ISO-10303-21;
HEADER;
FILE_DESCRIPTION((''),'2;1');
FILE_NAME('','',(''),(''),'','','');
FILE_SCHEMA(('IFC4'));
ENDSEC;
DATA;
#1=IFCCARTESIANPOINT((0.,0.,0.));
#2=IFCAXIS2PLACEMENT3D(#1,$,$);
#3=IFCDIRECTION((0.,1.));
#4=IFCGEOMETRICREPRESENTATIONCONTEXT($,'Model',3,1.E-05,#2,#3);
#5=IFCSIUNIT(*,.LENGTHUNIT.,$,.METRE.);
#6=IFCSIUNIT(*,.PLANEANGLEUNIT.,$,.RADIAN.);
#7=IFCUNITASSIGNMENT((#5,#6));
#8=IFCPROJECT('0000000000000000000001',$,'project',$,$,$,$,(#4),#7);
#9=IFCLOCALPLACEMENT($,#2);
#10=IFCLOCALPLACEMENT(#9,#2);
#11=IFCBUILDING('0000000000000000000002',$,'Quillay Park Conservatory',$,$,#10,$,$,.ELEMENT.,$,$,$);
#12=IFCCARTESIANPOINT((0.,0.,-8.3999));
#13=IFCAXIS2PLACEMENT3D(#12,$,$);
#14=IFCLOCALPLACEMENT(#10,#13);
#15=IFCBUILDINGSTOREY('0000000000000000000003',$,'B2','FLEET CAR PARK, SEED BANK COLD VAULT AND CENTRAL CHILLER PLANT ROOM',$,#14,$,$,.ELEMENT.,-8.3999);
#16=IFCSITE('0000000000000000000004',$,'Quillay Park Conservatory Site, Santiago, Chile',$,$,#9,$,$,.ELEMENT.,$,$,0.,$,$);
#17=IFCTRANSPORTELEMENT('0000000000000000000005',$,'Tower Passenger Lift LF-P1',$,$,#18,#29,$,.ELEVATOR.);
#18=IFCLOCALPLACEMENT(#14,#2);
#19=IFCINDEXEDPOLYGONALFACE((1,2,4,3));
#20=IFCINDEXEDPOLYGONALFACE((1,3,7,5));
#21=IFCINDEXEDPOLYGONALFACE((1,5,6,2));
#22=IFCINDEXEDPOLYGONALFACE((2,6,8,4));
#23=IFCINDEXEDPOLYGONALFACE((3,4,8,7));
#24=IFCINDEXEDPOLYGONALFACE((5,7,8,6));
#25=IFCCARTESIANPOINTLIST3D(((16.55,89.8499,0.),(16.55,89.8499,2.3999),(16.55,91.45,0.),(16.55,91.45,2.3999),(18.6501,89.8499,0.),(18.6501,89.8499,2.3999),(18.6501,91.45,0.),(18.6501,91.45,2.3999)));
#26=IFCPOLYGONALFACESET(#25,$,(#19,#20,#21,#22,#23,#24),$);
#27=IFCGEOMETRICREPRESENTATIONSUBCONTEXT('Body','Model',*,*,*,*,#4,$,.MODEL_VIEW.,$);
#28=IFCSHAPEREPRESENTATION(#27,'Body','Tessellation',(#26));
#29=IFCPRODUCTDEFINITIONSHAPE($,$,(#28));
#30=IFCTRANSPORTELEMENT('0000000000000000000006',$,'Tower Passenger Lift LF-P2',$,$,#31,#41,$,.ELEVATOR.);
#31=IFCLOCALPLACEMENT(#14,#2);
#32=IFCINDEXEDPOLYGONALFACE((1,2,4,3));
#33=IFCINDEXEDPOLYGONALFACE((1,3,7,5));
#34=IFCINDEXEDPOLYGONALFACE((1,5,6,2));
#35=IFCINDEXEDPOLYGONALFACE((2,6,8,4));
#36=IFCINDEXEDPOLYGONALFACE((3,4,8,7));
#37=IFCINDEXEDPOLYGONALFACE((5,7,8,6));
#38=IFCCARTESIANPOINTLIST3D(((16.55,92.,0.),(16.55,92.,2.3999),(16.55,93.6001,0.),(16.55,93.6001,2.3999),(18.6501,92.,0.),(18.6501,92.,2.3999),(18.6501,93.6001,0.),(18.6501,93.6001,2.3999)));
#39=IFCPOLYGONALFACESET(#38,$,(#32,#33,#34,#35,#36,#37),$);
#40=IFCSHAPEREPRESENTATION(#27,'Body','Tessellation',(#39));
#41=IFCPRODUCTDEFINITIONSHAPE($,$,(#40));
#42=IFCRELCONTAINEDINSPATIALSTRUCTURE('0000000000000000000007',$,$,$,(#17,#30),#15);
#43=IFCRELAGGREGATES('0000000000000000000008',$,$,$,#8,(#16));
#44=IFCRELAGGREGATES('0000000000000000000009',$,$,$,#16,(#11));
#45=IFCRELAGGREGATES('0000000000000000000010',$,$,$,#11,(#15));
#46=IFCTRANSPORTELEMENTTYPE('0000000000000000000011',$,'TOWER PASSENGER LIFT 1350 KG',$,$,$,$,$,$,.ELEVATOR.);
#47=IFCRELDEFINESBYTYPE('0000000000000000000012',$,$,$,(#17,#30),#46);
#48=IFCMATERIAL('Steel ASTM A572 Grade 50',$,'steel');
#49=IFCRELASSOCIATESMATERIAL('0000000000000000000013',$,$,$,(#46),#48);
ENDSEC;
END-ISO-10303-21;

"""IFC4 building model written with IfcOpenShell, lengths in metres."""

from ifc_helpers import new_model, si_unit, direction, frame, origin, origin_2d, place, context, subcontext, project, spatial, rectangle, extrude, material, type_object, element, save


model = new_model("IFC4")

# Units and contexts
model_context = context("Model", 3, precision=1e-05, world=origin(), true_north=direction((0.0, 1.0)))
body_context = subcontext(model_context, "Body", "Model", "MODEL_VIEW")
ifc_project = project(units=[si_unit("LENGTHUNIT", "METRE"), si_unit("PLANEANGLEUNIT", "RADIAN")], contexts=[model_context])

# Site, building, storey
site_placement = place(None, origin())
site = spatial("IfcSite", under=ifc_project, at=site_placement, Name="Quillay Park Conservatory Site, Santiago, Chile", CompositionType="ELEMENT", RefElevation=0.0)
building_placement = place(site_placement, origin())
building = spatial("IfcBuilding", under=site, at=building_placement, Name="Quillay Park Conservatory", CompositionType="ELEMENT")
storey_placement = place(building_placement, frame((0.0, 0.0, -8.3999)))
storey = spatial("IfcBuildingStorey", under=building, at=storey_placement, Name="B2", Description="FLEET CAR PARK, SEED BANK COLD VAULT AND CENTRAL CHILLER PLANT ROOM", CompositionType="ELEMENT", Elevation=-8.3999)

# Transport elements
ifc_material_1 = material(Name="Steel ASTM A572 Grade 50", Category="steel")
transport_element_type_1 = type_object("IfcTransportElementType", Name="TOWER PASSENGER LIFT 1350 KG", PredefinedType="ELEVATOR", material=ifc_material_1)
for number, where, z_axis, x_axis, name in (
    (1, (17.6001, 90.6499, 0.0), (0.0, 0.0, 1.0), (1.0, 0.0, 0.0), "Tower Passenger Lift LF-P1"),
    (2, (17.6001, 92.8, 0.0), (0.0, 0.0, 1.0), (1.0, 0.0, 0.0), "Tower Passenger Lift LF-P2"),
):
    element("IfcTransportElement", number, at=place(storey_placement, frame(where, z_axis=z_axis, x_axis=x_axis)), inside=storey, type_object=transport_element_type_1, Name=name, PredefinedType="ELEVATOR", context=body_context, shape_type="SweptSolid", body=[
        extrude(rectangle(XDim=2.1001, YDim=1.6001, at=origin_2d()), origin(), (0.0, 0.0, 1.0), 2.3999),
    ])

save(model, "model.ifc")
